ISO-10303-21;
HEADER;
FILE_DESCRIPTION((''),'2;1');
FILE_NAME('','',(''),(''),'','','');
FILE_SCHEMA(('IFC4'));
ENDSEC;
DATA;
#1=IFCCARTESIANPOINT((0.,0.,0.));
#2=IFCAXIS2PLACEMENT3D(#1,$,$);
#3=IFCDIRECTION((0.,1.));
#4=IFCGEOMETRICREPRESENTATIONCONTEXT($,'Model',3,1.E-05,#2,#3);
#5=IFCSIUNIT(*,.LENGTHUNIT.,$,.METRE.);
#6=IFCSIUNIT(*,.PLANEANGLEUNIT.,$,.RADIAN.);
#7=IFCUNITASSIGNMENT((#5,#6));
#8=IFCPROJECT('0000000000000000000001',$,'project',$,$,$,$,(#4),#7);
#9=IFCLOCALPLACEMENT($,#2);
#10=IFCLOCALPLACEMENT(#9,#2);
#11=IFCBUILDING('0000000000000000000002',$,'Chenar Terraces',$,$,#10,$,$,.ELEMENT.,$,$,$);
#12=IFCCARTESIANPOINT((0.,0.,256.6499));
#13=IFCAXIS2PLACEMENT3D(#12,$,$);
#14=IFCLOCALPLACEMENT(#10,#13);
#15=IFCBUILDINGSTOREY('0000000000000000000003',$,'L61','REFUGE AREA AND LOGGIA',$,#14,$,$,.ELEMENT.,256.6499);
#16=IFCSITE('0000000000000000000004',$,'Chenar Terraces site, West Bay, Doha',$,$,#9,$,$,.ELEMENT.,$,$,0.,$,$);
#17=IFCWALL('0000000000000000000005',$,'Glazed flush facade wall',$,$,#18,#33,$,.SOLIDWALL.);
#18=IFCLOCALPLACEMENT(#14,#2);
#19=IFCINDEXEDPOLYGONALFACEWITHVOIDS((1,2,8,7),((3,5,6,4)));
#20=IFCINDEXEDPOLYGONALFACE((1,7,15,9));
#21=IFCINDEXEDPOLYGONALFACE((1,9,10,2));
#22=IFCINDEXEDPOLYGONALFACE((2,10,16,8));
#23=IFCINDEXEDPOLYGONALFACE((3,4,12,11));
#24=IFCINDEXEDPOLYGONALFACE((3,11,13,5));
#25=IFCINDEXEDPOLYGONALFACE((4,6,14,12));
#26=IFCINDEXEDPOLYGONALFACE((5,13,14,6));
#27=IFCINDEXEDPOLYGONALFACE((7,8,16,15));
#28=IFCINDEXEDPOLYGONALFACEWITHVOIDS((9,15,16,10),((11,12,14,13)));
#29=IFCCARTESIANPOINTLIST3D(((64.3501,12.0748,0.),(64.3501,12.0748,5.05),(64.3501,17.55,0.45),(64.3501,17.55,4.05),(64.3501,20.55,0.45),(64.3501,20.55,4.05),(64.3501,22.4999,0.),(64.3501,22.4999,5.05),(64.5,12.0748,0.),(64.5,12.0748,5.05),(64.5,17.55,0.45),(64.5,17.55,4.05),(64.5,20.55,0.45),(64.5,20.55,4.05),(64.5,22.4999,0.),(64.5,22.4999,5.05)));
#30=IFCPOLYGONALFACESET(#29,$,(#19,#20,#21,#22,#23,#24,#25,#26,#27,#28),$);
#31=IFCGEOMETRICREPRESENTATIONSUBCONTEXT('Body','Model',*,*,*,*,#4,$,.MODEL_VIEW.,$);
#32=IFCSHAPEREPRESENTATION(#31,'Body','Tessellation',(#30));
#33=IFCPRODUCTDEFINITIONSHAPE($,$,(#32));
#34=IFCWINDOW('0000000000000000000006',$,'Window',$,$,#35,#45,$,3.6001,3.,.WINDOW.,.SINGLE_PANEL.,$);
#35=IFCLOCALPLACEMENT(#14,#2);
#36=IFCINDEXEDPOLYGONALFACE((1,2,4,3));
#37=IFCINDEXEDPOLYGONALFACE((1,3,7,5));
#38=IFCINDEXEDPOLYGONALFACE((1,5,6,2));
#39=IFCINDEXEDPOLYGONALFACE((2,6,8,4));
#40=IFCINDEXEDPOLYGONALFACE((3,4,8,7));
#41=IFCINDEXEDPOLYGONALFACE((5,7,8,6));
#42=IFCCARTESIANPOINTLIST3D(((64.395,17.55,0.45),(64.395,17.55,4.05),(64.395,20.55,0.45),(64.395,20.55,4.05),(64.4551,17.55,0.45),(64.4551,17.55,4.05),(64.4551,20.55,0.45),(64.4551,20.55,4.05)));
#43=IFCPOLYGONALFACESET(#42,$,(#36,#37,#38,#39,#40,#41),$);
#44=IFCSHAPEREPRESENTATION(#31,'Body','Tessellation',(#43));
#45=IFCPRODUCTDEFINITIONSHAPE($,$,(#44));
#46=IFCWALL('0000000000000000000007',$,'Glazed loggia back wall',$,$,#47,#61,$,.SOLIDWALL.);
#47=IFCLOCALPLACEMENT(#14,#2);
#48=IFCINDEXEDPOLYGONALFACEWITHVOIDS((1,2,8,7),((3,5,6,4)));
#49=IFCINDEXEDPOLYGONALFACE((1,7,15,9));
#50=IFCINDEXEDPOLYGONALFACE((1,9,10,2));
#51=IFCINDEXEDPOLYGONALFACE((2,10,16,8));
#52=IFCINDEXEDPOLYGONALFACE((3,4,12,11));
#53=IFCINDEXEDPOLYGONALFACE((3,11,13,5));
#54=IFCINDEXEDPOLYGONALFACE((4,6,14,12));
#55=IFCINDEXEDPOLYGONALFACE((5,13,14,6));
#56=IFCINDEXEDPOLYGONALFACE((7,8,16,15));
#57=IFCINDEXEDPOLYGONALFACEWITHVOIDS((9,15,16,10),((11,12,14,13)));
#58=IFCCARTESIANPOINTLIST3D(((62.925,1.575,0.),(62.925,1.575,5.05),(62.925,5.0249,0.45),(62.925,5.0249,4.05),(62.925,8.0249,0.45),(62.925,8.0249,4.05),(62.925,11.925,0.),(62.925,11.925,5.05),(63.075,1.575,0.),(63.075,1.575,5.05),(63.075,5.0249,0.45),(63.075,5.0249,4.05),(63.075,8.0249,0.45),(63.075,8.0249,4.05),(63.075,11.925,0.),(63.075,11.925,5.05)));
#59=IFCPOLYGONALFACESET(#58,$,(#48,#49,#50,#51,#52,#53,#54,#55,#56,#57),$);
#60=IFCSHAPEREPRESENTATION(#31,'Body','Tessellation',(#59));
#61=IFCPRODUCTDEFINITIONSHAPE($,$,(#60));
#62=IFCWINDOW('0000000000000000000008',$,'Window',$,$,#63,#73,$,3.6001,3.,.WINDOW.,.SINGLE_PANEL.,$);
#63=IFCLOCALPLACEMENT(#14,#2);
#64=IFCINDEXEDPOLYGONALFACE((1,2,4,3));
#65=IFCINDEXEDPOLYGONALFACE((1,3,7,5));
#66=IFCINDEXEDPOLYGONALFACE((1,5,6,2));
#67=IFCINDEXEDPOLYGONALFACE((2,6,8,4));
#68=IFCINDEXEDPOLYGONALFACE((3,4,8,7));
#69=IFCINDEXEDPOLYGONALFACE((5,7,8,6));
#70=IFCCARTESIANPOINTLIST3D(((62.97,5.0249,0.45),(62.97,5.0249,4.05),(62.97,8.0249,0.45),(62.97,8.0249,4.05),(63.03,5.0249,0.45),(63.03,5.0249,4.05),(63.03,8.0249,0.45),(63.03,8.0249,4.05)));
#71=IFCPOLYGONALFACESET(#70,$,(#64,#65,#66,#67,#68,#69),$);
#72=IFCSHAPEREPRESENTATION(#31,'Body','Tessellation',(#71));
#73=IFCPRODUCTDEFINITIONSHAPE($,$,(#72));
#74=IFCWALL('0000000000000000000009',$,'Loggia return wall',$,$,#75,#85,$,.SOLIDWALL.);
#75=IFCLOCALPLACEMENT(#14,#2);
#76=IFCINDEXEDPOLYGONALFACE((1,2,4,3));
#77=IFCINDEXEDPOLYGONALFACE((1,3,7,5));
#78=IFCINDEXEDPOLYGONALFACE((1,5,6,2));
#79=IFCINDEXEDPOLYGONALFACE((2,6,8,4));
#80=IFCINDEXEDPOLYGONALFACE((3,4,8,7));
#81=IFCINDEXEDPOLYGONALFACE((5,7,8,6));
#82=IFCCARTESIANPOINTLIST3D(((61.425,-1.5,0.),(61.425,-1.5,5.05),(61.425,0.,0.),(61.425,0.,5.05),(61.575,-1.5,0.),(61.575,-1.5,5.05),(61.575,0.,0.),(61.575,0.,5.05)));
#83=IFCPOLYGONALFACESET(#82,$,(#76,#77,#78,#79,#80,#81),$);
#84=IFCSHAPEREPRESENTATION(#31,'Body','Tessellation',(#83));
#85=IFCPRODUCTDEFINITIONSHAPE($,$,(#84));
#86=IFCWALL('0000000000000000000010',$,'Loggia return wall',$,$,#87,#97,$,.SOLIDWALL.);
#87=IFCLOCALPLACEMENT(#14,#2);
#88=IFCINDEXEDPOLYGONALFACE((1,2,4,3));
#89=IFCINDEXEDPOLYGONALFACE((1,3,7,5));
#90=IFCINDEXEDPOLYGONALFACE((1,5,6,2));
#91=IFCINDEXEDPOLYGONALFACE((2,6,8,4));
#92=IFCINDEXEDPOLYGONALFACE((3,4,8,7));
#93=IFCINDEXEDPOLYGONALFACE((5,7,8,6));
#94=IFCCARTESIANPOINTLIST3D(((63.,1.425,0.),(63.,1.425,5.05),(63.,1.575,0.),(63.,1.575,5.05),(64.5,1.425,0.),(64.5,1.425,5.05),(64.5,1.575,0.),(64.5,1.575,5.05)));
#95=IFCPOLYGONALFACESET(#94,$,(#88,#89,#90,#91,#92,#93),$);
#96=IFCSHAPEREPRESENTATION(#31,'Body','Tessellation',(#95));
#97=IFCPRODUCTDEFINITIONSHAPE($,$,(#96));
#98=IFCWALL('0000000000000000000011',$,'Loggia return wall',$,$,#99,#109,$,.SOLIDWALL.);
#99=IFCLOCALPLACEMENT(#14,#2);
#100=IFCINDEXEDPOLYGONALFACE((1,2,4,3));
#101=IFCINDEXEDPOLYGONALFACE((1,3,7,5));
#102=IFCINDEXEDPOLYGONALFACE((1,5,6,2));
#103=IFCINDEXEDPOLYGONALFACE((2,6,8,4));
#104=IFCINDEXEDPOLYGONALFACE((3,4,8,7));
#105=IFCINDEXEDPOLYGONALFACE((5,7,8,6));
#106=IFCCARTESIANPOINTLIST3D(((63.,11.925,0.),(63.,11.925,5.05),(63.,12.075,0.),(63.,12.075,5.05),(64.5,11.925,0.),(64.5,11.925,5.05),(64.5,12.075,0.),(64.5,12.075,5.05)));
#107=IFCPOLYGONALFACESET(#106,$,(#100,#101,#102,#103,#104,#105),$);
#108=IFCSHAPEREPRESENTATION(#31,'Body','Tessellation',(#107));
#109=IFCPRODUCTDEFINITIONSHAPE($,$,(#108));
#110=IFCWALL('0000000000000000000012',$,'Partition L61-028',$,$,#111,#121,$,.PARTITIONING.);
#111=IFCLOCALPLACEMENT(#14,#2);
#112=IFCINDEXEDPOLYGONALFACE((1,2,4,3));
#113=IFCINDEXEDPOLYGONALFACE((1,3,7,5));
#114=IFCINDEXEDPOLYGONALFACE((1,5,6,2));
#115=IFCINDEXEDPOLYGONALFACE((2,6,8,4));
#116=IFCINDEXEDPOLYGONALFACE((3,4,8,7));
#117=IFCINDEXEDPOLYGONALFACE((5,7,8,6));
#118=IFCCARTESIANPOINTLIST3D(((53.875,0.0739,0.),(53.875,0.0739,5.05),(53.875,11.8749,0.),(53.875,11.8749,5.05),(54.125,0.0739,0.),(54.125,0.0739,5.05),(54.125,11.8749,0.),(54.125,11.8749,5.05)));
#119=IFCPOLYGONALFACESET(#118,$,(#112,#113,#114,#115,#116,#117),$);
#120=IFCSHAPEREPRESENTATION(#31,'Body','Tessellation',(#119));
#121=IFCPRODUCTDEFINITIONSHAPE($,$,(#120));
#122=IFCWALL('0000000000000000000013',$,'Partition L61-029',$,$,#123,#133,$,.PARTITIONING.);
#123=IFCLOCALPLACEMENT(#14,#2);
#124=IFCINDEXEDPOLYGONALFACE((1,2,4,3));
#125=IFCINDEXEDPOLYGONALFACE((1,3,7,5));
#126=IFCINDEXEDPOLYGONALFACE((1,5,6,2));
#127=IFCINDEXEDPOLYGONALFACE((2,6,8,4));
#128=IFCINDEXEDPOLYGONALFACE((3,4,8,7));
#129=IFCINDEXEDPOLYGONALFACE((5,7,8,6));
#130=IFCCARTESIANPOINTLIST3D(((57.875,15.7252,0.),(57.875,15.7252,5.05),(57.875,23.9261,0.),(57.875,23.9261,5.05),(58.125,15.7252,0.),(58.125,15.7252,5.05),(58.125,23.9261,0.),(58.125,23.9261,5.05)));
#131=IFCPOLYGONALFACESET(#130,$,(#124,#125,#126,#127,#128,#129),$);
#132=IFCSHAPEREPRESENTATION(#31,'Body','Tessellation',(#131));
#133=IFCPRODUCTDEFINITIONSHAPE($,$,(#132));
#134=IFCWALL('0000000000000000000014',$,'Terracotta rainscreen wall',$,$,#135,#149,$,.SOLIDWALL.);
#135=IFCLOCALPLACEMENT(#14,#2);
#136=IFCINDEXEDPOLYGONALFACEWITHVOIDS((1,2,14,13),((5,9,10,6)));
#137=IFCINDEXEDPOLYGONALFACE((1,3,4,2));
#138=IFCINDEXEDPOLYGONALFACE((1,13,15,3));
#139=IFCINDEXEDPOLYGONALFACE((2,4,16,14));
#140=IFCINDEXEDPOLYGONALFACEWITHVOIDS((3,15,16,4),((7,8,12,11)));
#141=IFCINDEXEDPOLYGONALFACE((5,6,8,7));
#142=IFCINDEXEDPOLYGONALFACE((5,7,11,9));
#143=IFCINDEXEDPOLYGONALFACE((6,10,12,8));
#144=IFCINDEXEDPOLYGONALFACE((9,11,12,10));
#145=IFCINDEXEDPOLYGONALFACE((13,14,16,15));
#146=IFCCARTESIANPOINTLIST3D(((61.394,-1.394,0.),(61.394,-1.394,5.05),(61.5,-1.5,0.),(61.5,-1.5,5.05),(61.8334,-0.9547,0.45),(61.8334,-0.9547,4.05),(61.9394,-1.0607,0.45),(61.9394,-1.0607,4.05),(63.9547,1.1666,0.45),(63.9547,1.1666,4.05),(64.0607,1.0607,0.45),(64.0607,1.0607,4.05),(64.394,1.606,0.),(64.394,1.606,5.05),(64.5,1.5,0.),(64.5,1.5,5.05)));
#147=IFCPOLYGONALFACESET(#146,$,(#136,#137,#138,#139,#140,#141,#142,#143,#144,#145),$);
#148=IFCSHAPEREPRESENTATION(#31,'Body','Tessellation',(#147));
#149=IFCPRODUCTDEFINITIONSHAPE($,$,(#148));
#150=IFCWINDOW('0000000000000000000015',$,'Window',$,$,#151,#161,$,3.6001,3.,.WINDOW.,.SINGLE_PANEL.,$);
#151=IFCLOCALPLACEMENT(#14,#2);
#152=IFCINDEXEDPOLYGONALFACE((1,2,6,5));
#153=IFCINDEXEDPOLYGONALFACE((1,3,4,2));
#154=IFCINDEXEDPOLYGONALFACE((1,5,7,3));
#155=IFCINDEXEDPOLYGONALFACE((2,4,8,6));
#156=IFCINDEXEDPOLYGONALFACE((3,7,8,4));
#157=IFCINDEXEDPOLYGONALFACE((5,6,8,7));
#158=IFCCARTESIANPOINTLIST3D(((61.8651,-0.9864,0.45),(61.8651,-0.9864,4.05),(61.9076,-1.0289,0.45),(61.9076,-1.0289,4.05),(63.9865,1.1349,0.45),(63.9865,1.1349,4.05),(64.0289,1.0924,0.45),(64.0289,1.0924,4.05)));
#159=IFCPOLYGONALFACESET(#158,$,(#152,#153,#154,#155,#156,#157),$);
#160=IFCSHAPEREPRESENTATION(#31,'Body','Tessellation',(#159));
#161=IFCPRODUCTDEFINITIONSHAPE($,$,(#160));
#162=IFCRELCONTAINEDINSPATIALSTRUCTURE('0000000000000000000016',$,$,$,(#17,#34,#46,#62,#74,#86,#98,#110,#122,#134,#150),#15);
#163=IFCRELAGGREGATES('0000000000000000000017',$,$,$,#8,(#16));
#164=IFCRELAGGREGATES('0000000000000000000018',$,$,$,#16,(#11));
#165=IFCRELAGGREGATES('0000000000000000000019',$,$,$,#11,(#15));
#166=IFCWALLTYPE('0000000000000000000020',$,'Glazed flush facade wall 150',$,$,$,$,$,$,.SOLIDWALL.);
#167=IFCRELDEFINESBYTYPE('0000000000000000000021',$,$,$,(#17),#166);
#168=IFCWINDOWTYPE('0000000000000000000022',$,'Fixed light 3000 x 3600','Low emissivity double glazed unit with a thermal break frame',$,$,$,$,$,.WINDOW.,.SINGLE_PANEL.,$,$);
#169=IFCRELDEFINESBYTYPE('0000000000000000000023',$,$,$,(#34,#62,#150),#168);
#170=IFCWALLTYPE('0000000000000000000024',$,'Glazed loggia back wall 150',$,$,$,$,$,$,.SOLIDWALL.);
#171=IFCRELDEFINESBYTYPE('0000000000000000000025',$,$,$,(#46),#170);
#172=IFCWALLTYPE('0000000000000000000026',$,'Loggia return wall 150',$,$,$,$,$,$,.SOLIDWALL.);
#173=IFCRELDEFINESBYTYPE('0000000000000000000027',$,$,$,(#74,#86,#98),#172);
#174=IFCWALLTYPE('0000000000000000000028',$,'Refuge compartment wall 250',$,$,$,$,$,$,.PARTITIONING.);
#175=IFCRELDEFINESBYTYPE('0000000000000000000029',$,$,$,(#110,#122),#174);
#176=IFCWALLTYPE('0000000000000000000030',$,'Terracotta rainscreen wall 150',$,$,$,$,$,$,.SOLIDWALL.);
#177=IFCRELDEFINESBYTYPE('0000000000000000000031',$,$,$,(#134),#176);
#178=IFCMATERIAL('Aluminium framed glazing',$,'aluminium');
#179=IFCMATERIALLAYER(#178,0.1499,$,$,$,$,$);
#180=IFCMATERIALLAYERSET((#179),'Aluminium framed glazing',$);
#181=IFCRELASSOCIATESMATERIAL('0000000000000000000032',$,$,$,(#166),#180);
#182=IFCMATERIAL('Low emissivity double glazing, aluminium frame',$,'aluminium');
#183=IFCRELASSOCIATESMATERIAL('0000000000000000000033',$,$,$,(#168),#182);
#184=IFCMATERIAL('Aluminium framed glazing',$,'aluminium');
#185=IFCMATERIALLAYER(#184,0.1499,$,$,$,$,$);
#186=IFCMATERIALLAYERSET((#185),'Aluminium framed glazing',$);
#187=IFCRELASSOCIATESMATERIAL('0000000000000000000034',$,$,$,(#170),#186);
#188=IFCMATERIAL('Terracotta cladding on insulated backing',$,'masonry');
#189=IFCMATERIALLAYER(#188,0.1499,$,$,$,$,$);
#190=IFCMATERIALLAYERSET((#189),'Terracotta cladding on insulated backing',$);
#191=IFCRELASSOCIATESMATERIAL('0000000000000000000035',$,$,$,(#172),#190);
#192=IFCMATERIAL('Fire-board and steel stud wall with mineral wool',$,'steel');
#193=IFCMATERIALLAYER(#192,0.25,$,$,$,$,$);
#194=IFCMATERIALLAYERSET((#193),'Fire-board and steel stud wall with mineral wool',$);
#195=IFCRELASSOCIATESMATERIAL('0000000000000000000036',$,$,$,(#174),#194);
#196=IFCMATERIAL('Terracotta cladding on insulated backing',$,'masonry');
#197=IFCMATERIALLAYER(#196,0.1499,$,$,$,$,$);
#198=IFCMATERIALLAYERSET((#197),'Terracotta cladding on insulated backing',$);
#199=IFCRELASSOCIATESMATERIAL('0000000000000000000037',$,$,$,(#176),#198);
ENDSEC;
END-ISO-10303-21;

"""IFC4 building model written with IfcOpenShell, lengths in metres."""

from ifc_helpers import new_model, si_unit, direction, frame, frame_2d, origin, place, context, subcontext, project, spatial, rectangle, extrude, material, layer, layer_set, type_object, element, fill, save


model = new_model("IFC4")

# Units and contexts
model_context = context("Model", 3, precision=1e-05, world=origin(), true_north=direction((0.0, 1.0)))
body_context = subcontext(model_context, "Body", "Model", "MODEL_VIEW")
ifc_project = project(units=[si_unit("LENGTHUNIT", "METRE"), si_unit("PLANEANGLEUNIT", "RADIAN")], contexts=[model_context])

# Site, building, storey
site_placement = place(None, origin())
site = spatial("IfcSite", under=ifc_project, at=site_placement, Name="Chenar Terraces site, West Bay, Doha", CompositionType="ELEMENT", RefElevation=0.0)
building_placement = place(site_placement, origin())
building = spatial("IfcBuilding", under=site, at=building_placement, Name="Chenar Terraces", CompositionType="ELEMENT")
storey_placement = place(building_placement, frame((0.0, 0.0, 256.6499)))
storey = spatial("IfcBuildingStorey", under=building, at=storey_placement, Name="L61", Description="REFUGE AREA AND LOGGIA", CompositionType="ELEMENT", Elevation=256.6499)

# Walls, openings, windows
ifc_material_1 = material(Name="Aluminium framed glazing", Category="aluminium")
ifc_layer_1 = layer(ifc_material_1, 0.1499)
ifc_layer_set_1 = layer_set([ifc_layer_1], Name="Aluminium framed glazing")
wall_type_1 = type_object("IfcWallType", Name="Glazed flush facade wall 150", PredefinedType="SOLIDWALL", material=ifc_layer_set_1)
wall_1_placement = place(storey_placement, frame((64.425, 12.075, 0.0), z_axis=(0.0, 0.0, 1.0), x_axis=(0.0, 1.0, 0.0)))
wall_1 = element("IfcWall", 1, at=wall_1_placement, inside=storey, type_object=wall_type_1, Name="Glazed flush facade wall", PredefinedType="SOLIDWALL", context=body_context, shape_type="SweptSolid", body=[
    extrude(rectangle(XDim=10.425, YDim=0.1499, at=frame_2d((5.2124, 0.0))), origin(), (0.0, 0.0, 1.0), 5.05),
])
opening_1_placement = place(wall_1_placement, frame((5.4751, 0.0, 0.45)))
opening_1 = element("IfcOpeningElement", 2, at=opening_1_placement, cuts=wall_1, PredefinedType="OPENING", context=body_context, shape_type="SweptSolid", body=[
    extrude(rectangle(XDim=3.0, YDim=3.6001, at=frame_2d((1.5, 1.8))), frame((0.0, 0.085, 0.0), z_axis=(0.0, -1.0, 0.0), x_axis=(1.0, 0.0, 0.0)), (0.0, 0.0, 1.0), 0.1699),
])
ifc_material_2 = material(Name="Low emissivity double glazing, aluminium frame", Category="aluminium")
window_type = type_object("IfcWindowType", Name="Fixed light 3000 x 3600", Description="Low emissivity double glazed unit with a thermal break frame", PartitioningType="SINGLE_PANEL", PredefinedType="WINDOW", material=ifc_material_2)
window_1_placement = place(opening_1_placement, origin())
window_1 = element("IfcWindow", 3, at=window_1_placement, inside=storey, type_object=window_type, Name="Window", OverallHeight=3.6001, OverallWidth=3.0, PartitioningType="SINGLE_PANEL", PredefinedType="WINDOW", context=body_context, shape_type="SweptSolid", body=[
    extrude(rectangle(XDim=3.0, YDim=3.6001, at=frame_2d((1.5, 1.8))), frame((0.0, 0.03, 0.0), z_axis=(0.0, -1.0, 0.0), x_axis=(1.0, 0.0, 0.0)), (0.0, 0.0, 1.0), 0.0601),
])
fill(opening_1, window_1)
ifc_material_3 = material(Name="Aluminium framed glazing", Category="aluminium")
ifc_layer_2 = layer(ifc_material_3, 0.1499)
ifc_layer_set_2 = layer_set([ifc_layer_2], Name="Aluminium framed glazing")
wall_type_2 = type_object("IfcWallType", Name="Glazed loggia back wall 150", PredefinedType="SOLIDWALL", material=ifc_layer_set_2)
wall_2_placement = place(storey_placement, frame((63.0, 1.575, 0.0), z_axis=(0.0, 0.0, 1.0), x_axis=(0.0, 1.0, 0.0)))
wall_2 = element("IfcWall", 4, at=wall_2_placement, inside=storey, type_object=wall_type_2, Name="Glazed loggia back wall", PredefinedType="SOLIDWALL", context=body_context, shape_type="SweptSolid", body=[
    extrude(rectangle(XDim=10.3501, YDim=0.1499, at=frame_2d((5.175, 0.0))), origin(), (0.0, 0.0, 1.0), 5.05),
])
opening_2_placement = place(wall_2_placement, frame((3.45, 0.0, 0.45)))
opening_2 = element("IfcOpeningElement", 5, at=opening_2_placement, cuts=wall_2, PredefinedType="OPENING", context=body_context, shape_type="SweptSolid", body=[
    extrude(rectangle(XDim=3.0, YDim=3.6001, at=frame_2d((1.5, 1.8))), frame((0.0, 0.085, 0.0), z_axis=(0.0, -1.0, 0.0), x_axis=(1.0, 0.0, 0.0)), (0.0, 0.0, 1.0), 0.1699),
])
window_2_placement = place(opening_2_placement, origin())
window_2 = element("IfcWindow", 6, at=window_2_placement, inside=storey, type_object=window_type, Name="Window", OverallHeight=3.6001, OverallWidth=3.0, PartitioningType="SINGLE_PANEL", PredefinedType="WINDOW", context=body_context, shape_type="SweptSolid", body=[
    extrude(rectangle(XDim=3.0, YDim=3.6001, at=frame_2d((1.5, 1.8))), frame((0.0, 0.03, 0.0), z_axis=(0.0, -1.0, 0.0), x_axis=(1.0, 0.0, 0.0)), (0.0, 0.0, 1.0), 0.0601),
])
fill(opening_2, window_2)

# Walls
ifc_material_4 = material(Name="Terracotta cladding on insulated backing", Category="masonry")
ifc_layer_3 = layer(ifc_material_4, 0.1499)
ifc_layer_set_3 = layer_set([ifc_layer_3], Name="Terracotta cladding on insulated backing")
wall_type_3 = type_object("IfcWallType", Name="Loggia return wall 150", PredefinedType="SOLIDWALL", material=ifc_layer_set_3)
for number, where, z_axis, x_axis, name in (
    (7, (61.5, -1.5, 0.0), (0.0, 0.0, 1.0), (0.0, 1.0, 0.0), "Loggia return wall"),
    (8, (64.5, 1.5, 0.0), (0.0, 0.0, 1.0), (-1.0, 0.0, 0.0), "Loggia return wall"),
    (9, (64.5, 12.0, 0.0), (0.0, 0.0, 1.0), (-1.0, 0.0, 0.0), "Loggia return wall"),
):
    element("IfcWall", number, at=place(storey_placement, frame(where, z_axis=z_axis, x_axis=x_axis)), inside=storey, type_object=wall_type_3, Name=name, PredefinedType="SOLIDWALL", context=body_context, shape_type="SweptSolid", body=[
        extrude(rectangle(XDim=1.5, YDim=0.1499, at=frame_2d((0.75, 0.0))), origin(), (0.0, 0.0, 1.0), 5.05),
    ])
ifc_material_5 = material(Name="Fire-board and steel stud wall with mineral wool", Category="steel")
ifc_layer_4 = layer(ifc_material_5, 0.25)
ifc_layer_set_4 = layer_set([ifc_layer_4], Name="Fire-board and steel stud wall with mineral wool")
wall_type_4 = type_object("IfcWallType", Name="Refuge compartment wall 250", PredefinedType="PARTITIONING", material=ifc_layer_set_4)
wall_3_placement = place(storey_placement, frame((54.0, 0.074, 0.0), z_axis=(0.0, 0.0, 1.0), x_axis=(0.0, 1.0, 0.0)))
element("IfcWall", 10, at=wall_3_placement, inside=storey, type_object=wall_type_4, Name="Partition L61-028", PredefinedType="PARTITIONING", context=body_context, shape_type="SweptSolid", body=[
    extrude(rectangle(XDim=11.801, YDim=0.25, at=frame_2d((5.9004, 0.0))), origin(), (0.0, 0.0, 1.0), 5.05),
])
wall_4_placement = place(storey_placement, frame((58.0, 15.7251, 0.0), z_axis=(0.0, 0.0, 1.0), x_axis=(0.0, 1.0, 0.0)))
element("IfcWall", 11, at=wall_4_placement, inside=storey, type_object=wall_type_4, Name="Partition L61-029", PredefinedType="PARTITIONING", context=body_context, shape_type="SweptSolid", body=[
    extrude(rectangle(XDim=8.2009, YDim=0.25, at=frame_2d((4.1006, 0.0))), origin(), (0.0, 0.0, 1.0), 5.05),
])

# Wall, opening, window
ifc_material_6 = material(Name="Terracotta cladding on insulated backing", Category="masonry")
ifc_layer_5 = layer(ifc_material_6, 0.1499)
ifc_layer_set_5 = layer_set([ifc_layer_5], Name="Terracotta cladding on insulated backing")
wall_type_5 = type_object("IfcWallType", Name="Terracotta rainscreen wall 150", PredefinedType="SOLIDWALL", material=ifc_layer_set_5)
wall_5_placement = place(storey_placement, frame((61.447, -1.447, 0.0), z_axis=(0.0, 0.0, 1.0), x_axis=(0.707107, 0.707107, 0.0)))
wall_5 = element("IfcWall", 12, at=wall_5_placement, inside=storey, type_object=wall_type_5, Name="Terracotta rainscreen wall", PredefinedType="SOLIDWALL", context=body_context, shape_type="SweptSolid", body=[
    extrude(rectangle(XDim=4.2427, YDim=0.1499, at=frame_2d((2.1213, 0.0))), origin(), (0.0, 0.0, 1.0), 5.05),
])
opening_3_placement = place(wall_5_placement, frame((0.6213, 0.0, 0.45)))
opening_3 = element("IfcOpeningElement", 13, at=opening_3_placement, cuts=wall_5, PredefinedType="OPENING", context=body_context, shape_type="SweptSolid", body=[
    extrude(rectangle(XDim=3.0, YDim=3.6001, at=frame_2d((1.5, 1.8))), frame((0.0, 0.085, 0.0), z_axis=(0.0, -1.0, 0.0), x_axis=(1.0, 0.0, 0.0)), (0.0, 0.0, 1.0), 0.1699),
])
window_3_placement = place(opening_3_placement, origin())
window_3 = element("IfcWindow", 14, at=window_3_placement, inside=storey, type_object=window_type, Name="Window", OverallHeight=3.6001, OverallWidth=3.0, PartitioningType="SINGLE_PANEL", PredefinedType="WINDOW", context=body_context, shape_type="SweptSolid", body=[
    extrude(rectangle(XDim=3.0, YDim=3.6001, at=frame_2d((1.5, 1.8))), frame((0.0, 0.03, 0.0), z_axis=(0.0, -1.0, 0.0), x_axis=(1.0, 0.0, 0.0)), (0.0, 0.0, 1.0), 0.0601),
])
fill(opening_3, window_3)

save(model, "model.ifc")
